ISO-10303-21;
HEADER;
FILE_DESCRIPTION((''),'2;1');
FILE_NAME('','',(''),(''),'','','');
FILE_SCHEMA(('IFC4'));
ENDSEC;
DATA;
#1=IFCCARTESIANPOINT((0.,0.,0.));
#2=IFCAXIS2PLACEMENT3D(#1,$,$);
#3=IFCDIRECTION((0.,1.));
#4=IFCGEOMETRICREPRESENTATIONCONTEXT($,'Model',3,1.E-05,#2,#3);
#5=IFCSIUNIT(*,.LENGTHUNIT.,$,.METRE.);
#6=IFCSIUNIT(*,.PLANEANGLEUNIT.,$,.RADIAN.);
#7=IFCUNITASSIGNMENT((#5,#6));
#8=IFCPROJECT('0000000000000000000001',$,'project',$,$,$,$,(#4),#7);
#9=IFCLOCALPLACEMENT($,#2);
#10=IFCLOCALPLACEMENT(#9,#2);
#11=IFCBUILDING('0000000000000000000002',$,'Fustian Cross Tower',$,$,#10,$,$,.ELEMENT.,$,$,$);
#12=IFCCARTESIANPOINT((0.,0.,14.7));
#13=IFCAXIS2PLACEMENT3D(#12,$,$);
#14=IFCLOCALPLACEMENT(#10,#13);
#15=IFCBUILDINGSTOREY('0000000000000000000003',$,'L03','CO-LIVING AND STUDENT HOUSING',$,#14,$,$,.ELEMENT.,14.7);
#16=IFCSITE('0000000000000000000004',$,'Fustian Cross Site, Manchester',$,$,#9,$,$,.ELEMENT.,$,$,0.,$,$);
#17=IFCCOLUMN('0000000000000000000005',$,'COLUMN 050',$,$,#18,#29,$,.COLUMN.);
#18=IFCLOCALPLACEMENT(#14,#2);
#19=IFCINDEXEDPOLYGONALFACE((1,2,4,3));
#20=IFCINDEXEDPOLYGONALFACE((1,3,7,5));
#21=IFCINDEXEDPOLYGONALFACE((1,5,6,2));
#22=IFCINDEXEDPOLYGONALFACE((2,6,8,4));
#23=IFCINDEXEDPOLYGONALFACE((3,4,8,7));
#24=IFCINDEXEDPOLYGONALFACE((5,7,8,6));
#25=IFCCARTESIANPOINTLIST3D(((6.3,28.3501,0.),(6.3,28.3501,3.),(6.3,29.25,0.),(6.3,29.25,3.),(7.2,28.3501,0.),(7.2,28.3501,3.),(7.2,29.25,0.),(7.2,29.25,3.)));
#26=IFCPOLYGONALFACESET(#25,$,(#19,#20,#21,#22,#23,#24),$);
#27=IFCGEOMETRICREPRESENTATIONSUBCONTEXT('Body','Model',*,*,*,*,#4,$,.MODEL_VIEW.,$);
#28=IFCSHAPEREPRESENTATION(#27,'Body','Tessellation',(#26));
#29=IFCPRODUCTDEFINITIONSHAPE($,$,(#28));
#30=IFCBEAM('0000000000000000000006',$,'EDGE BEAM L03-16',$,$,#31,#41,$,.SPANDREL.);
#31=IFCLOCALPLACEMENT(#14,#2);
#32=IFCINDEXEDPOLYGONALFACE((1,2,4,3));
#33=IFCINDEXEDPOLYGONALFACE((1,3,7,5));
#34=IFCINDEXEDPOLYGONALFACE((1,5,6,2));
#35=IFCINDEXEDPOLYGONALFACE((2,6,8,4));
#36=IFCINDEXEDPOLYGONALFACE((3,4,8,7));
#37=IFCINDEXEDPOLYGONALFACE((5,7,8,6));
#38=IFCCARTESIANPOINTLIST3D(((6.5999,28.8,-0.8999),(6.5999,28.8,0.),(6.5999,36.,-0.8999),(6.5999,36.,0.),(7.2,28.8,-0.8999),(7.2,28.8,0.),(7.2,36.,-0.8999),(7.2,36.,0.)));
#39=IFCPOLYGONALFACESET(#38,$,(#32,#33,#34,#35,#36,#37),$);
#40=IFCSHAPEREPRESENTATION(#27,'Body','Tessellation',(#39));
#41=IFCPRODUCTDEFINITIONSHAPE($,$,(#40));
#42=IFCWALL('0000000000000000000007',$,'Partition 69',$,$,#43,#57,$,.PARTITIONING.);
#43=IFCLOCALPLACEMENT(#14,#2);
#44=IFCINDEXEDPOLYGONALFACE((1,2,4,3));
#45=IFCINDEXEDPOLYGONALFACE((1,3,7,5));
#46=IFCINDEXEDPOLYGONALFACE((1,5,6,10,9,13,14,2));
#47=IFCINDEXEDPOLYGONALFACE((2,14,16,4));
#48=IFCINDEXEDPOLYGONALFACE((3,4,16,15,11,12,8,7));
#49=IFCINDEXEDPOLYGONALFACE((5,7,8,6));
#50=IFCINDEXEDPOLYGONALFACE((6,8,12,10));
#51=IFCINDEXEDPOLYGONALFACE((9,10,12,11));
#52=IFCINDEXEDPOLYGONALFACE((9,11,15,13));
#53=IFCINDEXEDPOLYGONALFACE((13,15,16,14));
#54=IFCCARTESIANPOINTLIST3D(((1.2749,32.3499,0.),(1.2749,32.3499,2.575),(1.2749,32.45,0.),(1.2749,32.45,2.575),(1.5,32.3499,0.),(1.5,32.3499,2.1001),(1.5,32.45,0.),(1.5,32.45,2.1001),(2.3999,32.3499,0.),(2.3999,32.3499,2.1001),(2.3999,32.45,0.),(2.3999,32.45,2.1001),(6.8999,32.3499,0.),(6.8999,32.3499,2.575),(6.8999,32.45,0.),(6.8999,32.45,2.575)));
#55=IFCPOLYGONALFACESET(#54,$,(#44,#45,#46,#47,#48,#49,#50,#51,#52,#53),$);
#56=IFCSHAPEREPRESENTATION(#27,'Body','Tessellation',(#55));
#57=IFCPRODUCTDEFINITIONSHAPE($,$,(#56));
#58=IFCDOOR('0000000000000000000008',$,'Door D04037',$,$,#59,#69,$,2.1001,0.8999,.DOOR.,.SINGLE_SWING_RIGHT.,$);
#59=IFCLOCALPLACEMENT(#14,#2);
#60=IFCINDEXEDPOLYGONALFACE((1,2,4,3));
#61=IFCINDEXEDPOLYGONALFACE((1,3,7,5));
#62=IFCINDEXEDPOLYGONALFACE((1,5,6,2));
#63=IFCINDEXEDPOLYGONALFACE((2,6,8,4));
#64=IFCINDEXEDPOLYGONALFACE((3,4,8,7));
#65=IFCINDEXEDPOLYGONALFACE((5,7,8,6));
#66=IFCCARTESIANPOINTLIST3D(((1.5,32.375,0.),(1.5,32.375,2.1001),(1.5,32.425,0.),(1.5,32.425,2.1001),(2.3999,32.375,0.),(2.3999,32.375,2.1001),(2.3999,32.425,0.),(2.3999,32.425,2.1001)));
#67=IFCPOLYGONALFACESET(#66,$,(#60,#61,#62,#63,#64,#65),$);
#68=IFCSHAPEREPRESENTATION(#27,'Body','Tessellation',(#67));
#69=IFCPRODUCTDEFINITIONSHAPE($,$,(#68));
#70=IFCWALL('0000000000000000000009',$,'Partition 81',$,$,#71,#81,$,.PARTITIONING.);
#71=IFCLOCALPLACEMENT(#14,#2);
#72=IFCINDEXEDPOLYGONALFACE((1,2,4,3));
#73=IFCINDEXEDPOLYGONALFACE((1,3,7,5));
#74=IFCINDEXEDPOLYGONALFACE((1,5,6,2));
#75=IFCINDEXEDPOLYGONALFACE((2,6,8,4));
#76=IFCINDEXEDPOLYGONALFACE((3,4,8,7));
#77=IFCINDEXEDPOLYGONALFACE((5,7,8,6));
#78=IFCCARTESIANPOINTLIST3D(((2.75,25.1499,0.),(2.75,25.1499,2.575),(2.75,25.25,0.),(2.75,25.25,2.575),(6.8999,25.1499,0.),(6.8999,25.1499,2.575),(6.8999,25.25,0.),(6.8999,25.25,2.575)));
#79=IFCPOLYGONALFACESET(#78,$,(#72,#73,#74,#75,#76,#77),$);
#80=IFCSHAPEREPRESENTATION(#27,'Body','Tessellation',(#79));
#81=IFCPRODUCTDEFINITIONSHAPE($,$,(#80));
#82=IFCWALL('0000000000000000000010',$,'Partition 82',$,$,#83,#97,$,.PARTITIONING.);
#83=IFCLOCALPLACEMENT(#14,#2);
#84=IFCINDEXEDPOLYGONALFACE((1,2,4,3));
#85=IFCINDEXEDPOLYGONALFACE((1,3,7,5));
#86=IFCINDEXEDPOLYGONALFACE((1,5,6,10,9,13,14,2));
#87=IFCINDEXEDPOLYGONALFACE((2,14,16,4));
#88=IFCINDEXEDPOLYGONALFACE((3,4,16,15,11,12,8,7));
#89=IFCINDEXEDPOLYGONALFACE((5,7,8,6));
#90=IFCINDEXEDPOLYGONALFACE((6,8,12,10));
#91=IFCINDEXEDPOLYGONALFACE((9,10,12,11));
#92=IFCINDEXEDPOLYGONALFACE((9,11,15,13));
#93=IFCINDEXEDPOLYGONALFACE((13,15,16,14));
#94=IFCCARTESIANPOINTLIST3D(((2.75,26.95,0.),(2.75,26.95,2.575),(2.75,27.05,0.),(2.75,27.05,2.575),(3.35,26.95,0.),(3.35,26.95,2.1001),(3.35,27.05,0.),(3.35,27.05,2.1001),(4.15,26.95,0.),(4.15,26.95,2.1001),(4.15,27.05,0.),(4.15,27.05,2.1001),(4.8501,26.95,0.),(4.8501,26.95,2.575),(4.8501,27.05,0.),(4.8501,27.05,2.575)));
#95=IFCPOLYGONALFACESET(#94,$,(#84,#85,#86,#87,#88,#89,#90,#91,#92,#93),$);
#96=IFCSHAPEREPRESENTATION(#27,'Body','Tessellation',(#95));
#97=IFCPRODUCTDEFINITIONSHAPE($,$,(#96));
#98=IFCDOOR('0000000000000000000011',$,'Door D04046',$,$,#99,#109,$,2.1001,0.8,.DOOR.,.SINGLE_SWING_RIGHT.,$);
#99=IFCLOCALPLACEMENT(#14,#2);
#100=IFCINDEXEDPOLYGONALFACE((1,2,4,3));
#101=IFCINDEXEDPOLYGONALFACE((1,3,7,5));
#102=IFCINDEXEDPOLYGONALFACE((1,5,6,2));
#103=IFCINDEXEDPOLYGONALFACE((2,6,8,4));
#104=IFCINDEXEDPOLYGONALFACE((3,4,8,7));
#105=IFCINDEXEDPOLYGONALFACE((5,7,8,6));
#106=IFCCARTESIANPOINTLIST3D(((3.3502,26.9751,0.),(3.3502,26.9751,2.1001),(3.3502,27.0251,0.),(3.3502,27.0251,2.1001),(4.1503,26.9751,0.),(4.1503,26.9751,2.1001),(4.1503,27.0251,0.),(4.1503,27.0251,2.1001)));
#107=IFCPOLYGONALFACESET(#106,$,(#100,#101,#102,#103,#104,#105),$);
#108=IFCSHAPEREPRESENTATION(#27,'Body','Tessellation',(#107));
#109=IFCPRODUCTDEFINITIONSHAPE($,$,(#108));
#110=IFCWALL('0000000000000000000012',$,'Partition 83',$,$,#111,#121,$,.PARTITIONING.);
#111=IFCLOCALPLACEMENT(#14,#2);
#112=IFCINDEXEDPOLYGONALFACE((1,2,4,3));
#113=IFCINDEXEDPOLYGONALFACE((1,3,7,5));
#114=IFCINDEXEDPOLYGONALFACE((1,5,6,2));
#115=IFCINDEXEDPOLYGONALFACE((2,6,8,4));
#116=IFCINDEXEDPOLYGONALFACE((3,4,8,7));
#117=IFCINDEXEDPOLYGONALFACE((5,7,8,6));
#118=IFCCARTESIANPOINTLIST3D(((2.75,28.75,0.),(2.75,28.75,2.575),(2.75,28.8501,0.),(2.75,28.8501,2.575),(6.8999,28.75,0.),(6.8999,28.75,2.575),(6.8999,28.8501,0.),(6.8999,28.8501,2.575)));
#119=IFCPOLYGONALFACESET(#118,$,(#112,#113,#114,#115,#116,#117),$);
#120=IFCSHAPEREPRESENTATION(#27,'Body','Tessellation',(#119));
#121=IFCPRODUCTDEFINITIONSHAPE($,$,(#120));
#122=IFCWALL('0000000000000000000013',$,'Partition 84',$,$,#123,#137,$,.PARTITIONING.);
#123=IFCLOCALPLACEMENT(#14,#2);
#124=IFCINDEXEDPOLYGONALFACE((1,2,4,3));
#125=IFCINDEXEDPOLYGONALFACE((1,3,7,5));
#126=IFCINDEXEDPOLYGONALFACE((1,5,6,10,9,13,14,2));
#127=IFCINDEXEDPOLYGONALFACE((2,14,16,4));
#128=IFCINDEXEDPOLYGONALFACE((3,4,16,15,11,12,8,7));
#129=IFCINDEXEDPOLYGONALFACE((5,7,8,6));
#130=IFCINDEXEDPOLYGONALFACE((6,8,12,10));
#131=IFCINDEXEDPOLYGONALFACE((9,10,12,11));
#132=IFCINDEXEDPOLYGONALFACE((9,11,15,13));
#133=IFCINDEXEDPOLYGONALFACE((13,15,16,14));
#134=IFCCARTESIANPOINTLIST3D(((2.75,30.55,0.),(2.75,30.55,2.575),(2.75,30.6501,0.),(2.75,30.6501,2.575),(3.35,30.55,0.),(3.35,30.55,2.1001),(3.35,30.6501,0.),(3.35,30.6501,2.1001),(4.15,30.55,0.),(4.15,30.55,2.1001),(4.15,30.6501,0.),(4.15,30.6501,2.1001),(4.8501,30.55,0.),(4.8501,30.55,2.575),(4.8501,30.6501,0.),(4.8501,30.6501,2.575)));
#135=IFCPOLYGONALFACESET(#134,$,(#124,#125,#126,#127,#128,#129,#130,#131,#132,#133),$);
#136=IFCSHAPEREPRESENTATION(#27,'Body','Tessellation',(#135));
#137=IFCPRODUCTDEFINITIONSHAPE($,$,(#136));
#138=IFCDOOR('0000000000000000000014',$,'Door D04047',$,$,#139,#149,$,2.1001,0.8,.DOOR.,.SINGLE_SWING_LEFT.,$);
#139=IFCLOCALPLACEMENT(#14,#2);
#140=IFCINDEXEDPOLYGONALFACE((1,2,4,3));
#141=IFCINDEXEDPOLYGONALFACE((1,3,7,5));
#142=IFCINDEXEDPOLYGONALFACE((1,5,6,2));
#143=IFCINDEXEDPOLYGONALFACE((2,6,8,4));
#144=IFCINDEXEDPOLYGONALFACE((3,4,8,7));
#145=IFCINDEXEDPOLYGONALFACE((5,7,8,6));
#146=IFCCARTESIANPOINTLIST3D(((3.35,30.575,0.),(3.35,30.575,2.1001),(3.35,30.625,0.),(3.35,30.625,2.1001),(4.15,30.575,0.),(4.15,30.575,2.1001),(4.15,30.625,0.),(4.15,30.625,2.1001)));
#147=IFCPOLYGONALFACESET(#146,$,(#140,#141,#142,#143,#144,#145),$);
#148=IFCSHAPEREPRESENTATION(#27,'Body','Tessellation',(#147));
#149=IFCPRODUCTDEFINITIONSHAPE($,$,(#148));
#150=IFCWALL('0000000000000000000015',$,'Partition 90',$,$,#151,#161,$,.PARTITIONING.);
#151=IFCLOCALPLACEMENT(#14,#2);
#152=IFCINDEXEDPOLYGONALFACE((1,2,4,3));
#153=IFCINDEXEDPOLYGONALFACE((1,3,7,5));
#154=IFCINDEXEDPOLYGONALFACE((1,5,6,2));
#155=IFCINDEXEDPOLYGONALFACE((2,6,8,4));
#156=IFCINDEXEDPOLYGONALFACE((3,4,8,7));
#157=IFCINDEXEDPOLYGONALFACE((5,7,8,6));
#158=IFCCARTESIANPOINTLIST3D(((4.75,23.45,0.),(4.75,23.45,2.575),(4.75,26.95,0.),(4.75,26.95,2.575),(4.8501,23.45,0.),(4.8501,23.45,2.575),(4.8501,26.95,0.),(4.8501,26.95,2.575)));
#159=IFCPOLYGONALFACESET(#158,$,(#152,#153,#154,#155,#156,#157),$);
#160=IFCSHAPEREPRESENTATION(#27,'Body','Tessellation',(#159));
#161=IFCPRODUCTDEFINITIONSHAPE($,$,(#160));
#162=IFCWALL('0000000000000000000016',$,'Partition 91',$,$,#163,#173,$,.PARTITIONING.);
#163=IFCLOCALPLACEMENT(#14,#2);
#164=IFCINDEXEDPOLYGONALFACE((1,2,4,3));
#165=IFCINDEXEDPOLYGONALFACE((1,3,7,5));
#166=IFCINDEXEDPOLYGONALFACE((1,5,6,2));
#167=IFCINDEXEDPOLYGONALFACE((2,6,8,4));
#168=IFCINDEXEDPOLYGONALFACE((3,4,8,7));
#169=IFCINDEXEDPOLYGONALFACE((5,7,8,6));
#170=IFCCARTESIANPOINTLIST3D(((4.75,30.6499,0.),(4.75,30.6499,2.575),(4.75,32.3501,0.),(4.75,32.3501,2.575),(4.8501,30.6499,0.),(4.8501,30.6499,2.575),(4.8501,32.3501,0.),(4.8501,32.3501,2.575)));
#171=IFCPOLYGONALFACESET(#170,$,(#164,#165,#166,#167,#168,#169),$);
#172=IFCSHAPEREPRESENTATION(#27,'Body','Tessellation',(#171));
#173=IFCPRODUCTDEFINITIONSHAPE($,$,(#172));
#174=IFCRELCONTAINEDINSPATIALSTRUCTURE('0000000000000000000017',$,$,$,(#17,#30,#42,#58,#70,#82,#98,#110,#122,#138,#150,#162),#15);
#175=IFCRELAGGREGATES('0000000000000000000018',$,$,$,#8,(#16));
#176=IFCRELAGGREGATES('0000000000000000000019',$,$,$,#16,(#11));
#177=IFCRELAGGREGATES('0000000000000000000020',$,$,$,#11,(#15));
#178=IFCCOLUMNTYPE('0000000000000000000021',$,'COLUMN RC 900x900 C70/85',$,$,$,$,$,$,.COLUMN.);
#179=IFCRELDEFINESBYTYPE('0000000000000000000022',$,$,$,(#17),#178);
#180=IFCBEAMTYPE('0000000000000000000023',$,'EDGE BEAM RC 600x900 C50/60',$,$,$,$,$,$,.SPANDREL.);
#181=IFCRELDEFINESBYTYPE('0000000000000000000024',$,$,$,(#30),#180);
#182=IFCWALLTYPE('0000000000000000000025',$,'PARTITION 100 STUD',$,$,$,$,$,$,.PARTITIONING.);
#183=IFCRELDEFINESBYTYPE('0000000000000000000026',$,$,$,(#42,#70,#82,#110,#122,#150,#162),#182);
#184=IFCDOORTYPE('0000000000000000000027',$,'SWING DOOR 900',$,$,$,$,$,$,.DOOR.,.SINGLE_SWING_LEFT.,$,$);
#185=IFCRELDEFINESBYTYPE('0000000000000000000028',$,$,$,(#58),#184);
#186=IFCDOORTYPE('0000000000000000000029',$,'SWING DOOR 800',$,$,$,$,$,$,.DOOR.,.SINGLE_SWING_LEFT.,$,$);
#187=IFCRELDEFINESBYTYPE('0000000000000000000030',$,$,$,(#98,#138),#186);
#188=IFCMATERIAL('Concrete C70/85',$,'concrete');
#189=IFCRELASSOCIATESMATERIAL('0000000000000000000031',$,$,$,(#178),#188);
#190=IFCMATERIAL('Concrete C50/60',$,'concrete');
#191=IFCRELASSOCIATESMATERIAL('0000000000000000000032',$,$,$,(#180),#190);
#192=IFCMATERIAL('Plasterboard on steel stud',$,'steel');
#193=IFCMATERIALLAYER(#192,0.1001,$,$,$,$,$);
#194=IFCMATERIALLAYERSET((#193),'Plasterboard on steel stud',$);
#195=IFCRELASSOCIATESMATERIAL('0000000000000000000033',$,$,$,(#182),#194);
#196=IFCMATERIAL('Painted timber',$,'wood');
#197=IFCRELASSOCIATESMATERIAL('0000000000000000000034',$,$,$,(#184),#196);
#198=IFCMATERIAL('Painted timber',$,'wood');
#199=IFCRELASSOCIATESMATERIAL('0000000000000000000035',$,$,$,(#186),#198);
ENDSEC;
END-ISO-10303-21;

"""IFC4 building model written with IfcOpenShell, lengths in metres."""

from ifc_helpers import new_model, si_unit, direction, frame, frame_2d, origin, origin_2d, place, context, subcontext, project, spatial, rectangle, extrude, material, layer, layer_set, material_profile, profile_set, type_object, element, fill, save


model = new_model("IFC4")

# Units and contexts
model_context = context("Model", 3, precision=1e-05, world=origin(), true_north=direction((0.0, 1.0)))
body_context = subcontext(model_context, "Body", "Model", "MODEL_VIEW")
ifc_project = project(units=[si_unit("LENGTHUNIT", "METRE"), si_unit("PLANEANGLEUNIT", "RADIAN")], contexts=[model_context])

# Site, building, storey
site_placement = place(None, origin())
site = spatial("IfcSite", under=ifc_project, at=site_placement, Name="Fustian Cross Site, Manchester", CompositionType="ELEMENT", RefElevation=0.0)
building_placement = place(site_placement, origin())
building = spatial("IfcBuilding", under=site, at=building_placement, Name="Fustian Cross Tower", CompositionType="ELEMENT")
storey_placement = place(building_placement, frame((0.0, 0.0, 14.7)))
storey = spatial("IfcBuildingStorey", under=building, at=storey_placement, Name="L03", Description="CO-LIVING AND STUDENT HOUSING", CompositionType="ELEMENT", Elevation=14.7)

# Column
ifc_material_1 = material(Name="Concrete C70/85", Category="concrete")
ifc_material_profile_1 = material_profile(ifc_material_1, rectangle(XDim=0.8999, YDim=0.8999, at=origin_2d()), Name="RC 900x900")
ifc_profile_set_1 = profile_set([ifc_material_profile_1], Name="Concrete C70/85")
column_type = type_object("IfcColumnType", Name="COLUMN RC 900x900 C70/85", PredefinedType="COLUMN", material=ifc_profile_set_1)
column_placement = place(storey_placement, frame((6.75, 28.8, 0.0), z_axis=(0.0, 0.0, 1.0), x_axis=(1.0, 0.0, 0.0)))
element("IfcColumn", 1, at=column_placement, inside=storey, type_object=column_type, Name="COLUMN 050", PredefinedType="COLUMN", context=body_context, shape_type="SweptSolid", body=[
    extrude(rectangle(XDim=0.8999, YDim=0.8999, at=origin_2d()), origin(), (0.0, 0.0, 1.0), 3.0),
])

# Beam
ifc_material_2 = material(Name="Concrete C50/60", Category="concrete")
ifc_material_profile_2 = material_profile(ifc_material_2, rectangle(XDim=0.6001, YDim=0.8999, at=origin_2d()), Name="RC 600x900")
ifc_profile_set_2 = profile_set([ifc_material_profile_2], Name="Concrete C50/60")
beam_type = type_object("IfcBeamType", Name="EDGE BEAM RC 600x900 C50/60", PredefinedType="SPANDREL", material=ifc_profile_set_2)
beam_placement = place(storey_placement, frame((6.8999, 28.8, -0.45), z_axis=(0.0, 1.0, 0.0), x_axis=(-1.0, 0.0, 0.0)))
element("IfcBeam", 2, at=beam_placement, inside=storey, type_object=beam_type, Name="EDGE BEAM L03-16", PredefinedType="SPANDREL", context=body_context, shape_type="SweptSolid", body=[
    extrude(rectangle(XDim=0.6001, YDim=0.8999, at=origin_2d()), origin(), (0.0, 0.0, 1.0), 7.2),
])

# Wall, opening, door
ifc_material_3 = material(Name="Plasterboard on steel stud", Category="steel")
ifc_layer_1 = layer(ifc_material_3, 0.1001)
ifc_layer_set_1 = layer_set([ifc_layer_1], Name="Plasterboard on steel stud")
wall_type_1 = type_object("IfcWallType", Name="PARTITION 100 STUD", PredefinedType="PARTITIONING", material=ifc_layer_set_1)
wall_1_placement = place(storey_placement, frame((1.2749, 32.3999, 0.0), z_axis=(0.0, 0.0, 1.0), x_axis=(1.0, 0.0, 0.0)))
wall_1 = element("IfcWall", 3, at=wall_1_placement, inside=storey, type_object=wall_type_1, Name="Partition 69", PredefinedType="PARTITIONING", context=body_context, shape_type="SweptSolid", body=[
    extrude(rectangle(XDim=5.625, YDim=0.1001, at=frame_2d((2.8125, 0.0))), origin(), (0.0, 0.0, 1.0), 2.575),
])
opening_1_placement = place(wall_1_placement, frame((0.2251, 0.0, 0.0)))
opening_1 = element("IfcOpeningElement", 4, at=opening_1_placement, cuts=wall_1, PredefinedType="OPENING", context=body_context, shape_type="SweptSolid", body=[
    extrude(rectangle(XDim=0.8999, YDim=2.1001, at=frame_2d((0.45, 1.05))), frame((0.0, 0.0601, 0.0), z_axis=(0.0, -1.0, 0.0), x_axis=(1.0, 0.0, 0.0)), (0.0, 0.0, 1.0), 0.1201),
])
ifc_material_4 = material(Name="Painted timber", Category="wood")
door_type_1 = type_object("IfcDoorType", Name="SWING DOOR 900", OperationType="SINGLE_SWING_LEFT", PredefinedType="DOOR", material=ifc_material_4)
door_1_placement = place(opening_1_placement, frame((0.8999, 0.0, 0.0), z_axis=(0.0, 0.0, 1.0), x_axis=(-1.0, 0.0, 0.0)))
door_1 = element("IfcDoor", 5, at=door_1_placement, inside=storey, type_object=door_type_1, Name="Door D04037", OperationType="SINGLE_SWING_RIGHT", OverallHeight=2.1001, OverallWidth=0.8999, PredefinedType="DOOR", context=body_context, shape_type="SweptSolid", body=[
    extrude(rectangle(XDim=0.8999, YDim=2.1001, at=frame_2d((0.45, 1.05))), frame((0.0, 0.0249, 0.0), z_axis=(0.0, -1.0, 0.0), x_axis=(1.0, 0.0, 0.0)), (0.0, 0.0, 1.0), 0.05),
])
fill(opening_1, door_1)

# Wall
wall_2_placement = place(storey_placement, frame((2.75, 25.2, 0.0), z_axis=(0.0, 0.0, 1.0), x_axis=(1.0, 0.0, 0.0)))
element("IfcWall", 6, at=wall_2_placement, inside=storey, type_object=wall_type_1, Name="Partition 81", PredefinedType="PARTITIONING", context=body_context, shape_type="SweptSolid", body=[
    extrude(rectangle(XDim=4.1499, YDim=0.1001, at=frame_2d((2.075, 0.0))), origin(), (0.0, 0.0, 1.0), 2.575),
])

# Wall, opening, door
wall_3_placement = place(storey_placement, frame((2.75, 27.0, 0.0), z_axis=(0.0, 0.0, 1.0), x_axis=(1.0, 0.0, 0.0)))
wall_3 = element("IfcWall", 7, at=wall_3_placement, inside=storey, type_object=wall_type_1, Name="Partition 82", PredefinedType="PARTITIONING", context=body_context, shape_type="SweptSolid", body=[
    extrude(rectangle(XDim=2.1001, YDim=0.1001, at=frame_2d((1.05, 0.0))), origin(), (0.0, 0.0, 1.0), 2.575),
])
opening_2_placement = place(wall_3_placement, frame((0.6001, 0.0, 0.0)))
opening_2 = element("IfcOpeningElement", 8, at=opening_2_placement, cuts=wall_3, PredefinedType="OPENING", context=body_context, shape_type="SweptSolid", body=[
    extrude(rectangle(XDim=0.8, YDim=2.1001, at=frame_2d((0.3999, 1.05))), frame((0.0, 0.0601, 0.0), z_axis=(0.0, -1.0, 0.0), x_axis=(1.0, 0.0, 0.0)), (0.0, 0.0, 1.0), 0.1201),
])
ifc_material_5 = material(Name="Painted timber", Category="wood")
door_type_2 = type_object("IfcDoorType", Name="SWING DOOR 800", OperationType="SINGLE_SWING_LEFT", PredefinedType="DOOR", material=ifc_material_5)
door_2_placement = place(opening_2_placement, frame((0.8, 0.0, 0.0), z_axis=(0.0, 0.0, 1.0), x_axis=(-1.0, 0.0, 0.0)))
door_2 = element("IfcDoor", 9, at=door_2_placement, inside=storey, type_object=door_type_2, Name="Door D04046", OperationType="SINGLE_SWING_RIGHT", OverallHeight=2.1001, OverallWidth=0.8, PredefinedType="DOOR", context=body_context, shape_type="SweptSolid", body=[
    extrude(rectangle(XDim=0.8, YDim=2.1001, at=frame_2d((0.3999, 1.05))), frame((0.0, 0.0249, 0.0), z_axis=(0.0, -1.0, 0.0), x_axis=(1.0, 0.0, 0.0)), (0.0, 0.0, 1.0), 0.05),
])
fill(opening_2, door_2)

# Wall
wall_4_placement = place(storey_placement, frame((2.75, 28.8, 0.0), z_axis=(0.0, 0.0, 1.0), x_axis=(1.0, 0.0, 0.0)))
element("IfcWall", 10, at=wall_4_placement, inside=storey, type_object=wall_type_1, Name="Partition 83", PredefinedType="PARTITIONING", context=body_context, shape_type="SweptSolid", body=[
    extrude(rectangle(XDim=4.1499, YDim=0.1001, at=frame_2d((2.075, 0.0))), origin(), (0.0, 0.0, 1.0), 2.575),
])

# Wall, opening, door
wall_5_placement = place(storey_placement, frame((2.75, 30.6001, 0.0), z_axis=(0.0, 0.0, 1.0), x_axis=(1.0, 0.0, 0.0)))
wall_5 = element("IfcWall", 11, at=wall_5_placement, inside=storey, type_object=wall_type_1, Name="Partition 84", PredefinedType="PARTITIONING", context=body_context, shape_type="SweptSolid", body=[
    extrude(rectangle(XDim=2.1001, YDim=0.1001, at=frame_2d((1.05, 0.0))), origin(), (0.0, 0.0, 1.0), 2.575),
])
opening_3_placement = place(wall_5_placement, frame((0.6001, 0.0, 0.0)))
opening_3 = element("IfcOpeningElement", 12, at=opening_3_placement, cuts=wall_5, PredefinedType="OPENING", context=body_context, shape_type="SweptSolid", body=[
    extrude(rectangle(XDim=0.8, YDim=2.1001, at=frame_2d((0.3999, 1.05))), frame((0.0, 0.0601, 0.0), z_axis=(0.0, -1.0, 0.0), x_axis=(1.0, 0.0, 0.0)), (0.0, 0.0, 1.0), 0.1201),
])
door_3_placement = place(opening_3_placement, origin())
door_3 = element("IfcDoor", 13, at=door_3_placement, inside=storey, type_object=door_type_2, Name="Door D04047", OperationType="SINGLE_SWING_LEFT", OverallHeight=2.1001, OverallWidth=0.8, PredefinedType="DOOR", context=body_context, shape_type="SweptSolid", body=[
    extrude(rectangle(XDim=0.8, YDim=2.1001, at=frame_2d((0.3999, 1.05))), frame((0.0, 0.0249, 0.0), z_axis=(0.0, -1.0, 0.0), x_axis=(1.0, 0.0, 0.0)), (0.0, 0.0, 1.0), 0.05),
])
fill(opening_3, door_3)

# Walls
wall_6_placement = place(storey_placement, frame((4.8, 23.45, 0.0), z_axis=(0.0, 0.0, 1.0), x_axis=(0.0, 1.0, 0.0)))
element("IfcWall", 14, at=wall_6_placement, inside=storey, type_object=wall_type_1, Name="Partition 90", PredefinedType="PARTITIONING", context=body_context, shape_type="SweptSolid", body=[
    extrude(rectangle(XDim=3.5, YDim=0.1001, at=frame_2d((1.75, 0.0))), origin(), (0.0, 0.0, 1.0), 2.575),
])
wall_7_placement = place(storey_placement, frame((4.8, 30.6499, 0.0), z_axis=(0.0, 0.0, 1.0), x_axis=(0.0, 1.0, 0.0)))
element("IfcWall", 15, at=wall_7_placement, inside=storey, type_object=wall_type_1, Name="Partition 91", PredefinedType="PARTITIONING", context=body_context, shape_type="SweptSolid", body=[
    extrude(rectangle(XDim=1.7002, YDim=0.1001, at=frame_2d((0.8501, 0.0))), origin(), (0.0, 0.0, 1.0), 2.575),
])

save(model, "model.ifc")
